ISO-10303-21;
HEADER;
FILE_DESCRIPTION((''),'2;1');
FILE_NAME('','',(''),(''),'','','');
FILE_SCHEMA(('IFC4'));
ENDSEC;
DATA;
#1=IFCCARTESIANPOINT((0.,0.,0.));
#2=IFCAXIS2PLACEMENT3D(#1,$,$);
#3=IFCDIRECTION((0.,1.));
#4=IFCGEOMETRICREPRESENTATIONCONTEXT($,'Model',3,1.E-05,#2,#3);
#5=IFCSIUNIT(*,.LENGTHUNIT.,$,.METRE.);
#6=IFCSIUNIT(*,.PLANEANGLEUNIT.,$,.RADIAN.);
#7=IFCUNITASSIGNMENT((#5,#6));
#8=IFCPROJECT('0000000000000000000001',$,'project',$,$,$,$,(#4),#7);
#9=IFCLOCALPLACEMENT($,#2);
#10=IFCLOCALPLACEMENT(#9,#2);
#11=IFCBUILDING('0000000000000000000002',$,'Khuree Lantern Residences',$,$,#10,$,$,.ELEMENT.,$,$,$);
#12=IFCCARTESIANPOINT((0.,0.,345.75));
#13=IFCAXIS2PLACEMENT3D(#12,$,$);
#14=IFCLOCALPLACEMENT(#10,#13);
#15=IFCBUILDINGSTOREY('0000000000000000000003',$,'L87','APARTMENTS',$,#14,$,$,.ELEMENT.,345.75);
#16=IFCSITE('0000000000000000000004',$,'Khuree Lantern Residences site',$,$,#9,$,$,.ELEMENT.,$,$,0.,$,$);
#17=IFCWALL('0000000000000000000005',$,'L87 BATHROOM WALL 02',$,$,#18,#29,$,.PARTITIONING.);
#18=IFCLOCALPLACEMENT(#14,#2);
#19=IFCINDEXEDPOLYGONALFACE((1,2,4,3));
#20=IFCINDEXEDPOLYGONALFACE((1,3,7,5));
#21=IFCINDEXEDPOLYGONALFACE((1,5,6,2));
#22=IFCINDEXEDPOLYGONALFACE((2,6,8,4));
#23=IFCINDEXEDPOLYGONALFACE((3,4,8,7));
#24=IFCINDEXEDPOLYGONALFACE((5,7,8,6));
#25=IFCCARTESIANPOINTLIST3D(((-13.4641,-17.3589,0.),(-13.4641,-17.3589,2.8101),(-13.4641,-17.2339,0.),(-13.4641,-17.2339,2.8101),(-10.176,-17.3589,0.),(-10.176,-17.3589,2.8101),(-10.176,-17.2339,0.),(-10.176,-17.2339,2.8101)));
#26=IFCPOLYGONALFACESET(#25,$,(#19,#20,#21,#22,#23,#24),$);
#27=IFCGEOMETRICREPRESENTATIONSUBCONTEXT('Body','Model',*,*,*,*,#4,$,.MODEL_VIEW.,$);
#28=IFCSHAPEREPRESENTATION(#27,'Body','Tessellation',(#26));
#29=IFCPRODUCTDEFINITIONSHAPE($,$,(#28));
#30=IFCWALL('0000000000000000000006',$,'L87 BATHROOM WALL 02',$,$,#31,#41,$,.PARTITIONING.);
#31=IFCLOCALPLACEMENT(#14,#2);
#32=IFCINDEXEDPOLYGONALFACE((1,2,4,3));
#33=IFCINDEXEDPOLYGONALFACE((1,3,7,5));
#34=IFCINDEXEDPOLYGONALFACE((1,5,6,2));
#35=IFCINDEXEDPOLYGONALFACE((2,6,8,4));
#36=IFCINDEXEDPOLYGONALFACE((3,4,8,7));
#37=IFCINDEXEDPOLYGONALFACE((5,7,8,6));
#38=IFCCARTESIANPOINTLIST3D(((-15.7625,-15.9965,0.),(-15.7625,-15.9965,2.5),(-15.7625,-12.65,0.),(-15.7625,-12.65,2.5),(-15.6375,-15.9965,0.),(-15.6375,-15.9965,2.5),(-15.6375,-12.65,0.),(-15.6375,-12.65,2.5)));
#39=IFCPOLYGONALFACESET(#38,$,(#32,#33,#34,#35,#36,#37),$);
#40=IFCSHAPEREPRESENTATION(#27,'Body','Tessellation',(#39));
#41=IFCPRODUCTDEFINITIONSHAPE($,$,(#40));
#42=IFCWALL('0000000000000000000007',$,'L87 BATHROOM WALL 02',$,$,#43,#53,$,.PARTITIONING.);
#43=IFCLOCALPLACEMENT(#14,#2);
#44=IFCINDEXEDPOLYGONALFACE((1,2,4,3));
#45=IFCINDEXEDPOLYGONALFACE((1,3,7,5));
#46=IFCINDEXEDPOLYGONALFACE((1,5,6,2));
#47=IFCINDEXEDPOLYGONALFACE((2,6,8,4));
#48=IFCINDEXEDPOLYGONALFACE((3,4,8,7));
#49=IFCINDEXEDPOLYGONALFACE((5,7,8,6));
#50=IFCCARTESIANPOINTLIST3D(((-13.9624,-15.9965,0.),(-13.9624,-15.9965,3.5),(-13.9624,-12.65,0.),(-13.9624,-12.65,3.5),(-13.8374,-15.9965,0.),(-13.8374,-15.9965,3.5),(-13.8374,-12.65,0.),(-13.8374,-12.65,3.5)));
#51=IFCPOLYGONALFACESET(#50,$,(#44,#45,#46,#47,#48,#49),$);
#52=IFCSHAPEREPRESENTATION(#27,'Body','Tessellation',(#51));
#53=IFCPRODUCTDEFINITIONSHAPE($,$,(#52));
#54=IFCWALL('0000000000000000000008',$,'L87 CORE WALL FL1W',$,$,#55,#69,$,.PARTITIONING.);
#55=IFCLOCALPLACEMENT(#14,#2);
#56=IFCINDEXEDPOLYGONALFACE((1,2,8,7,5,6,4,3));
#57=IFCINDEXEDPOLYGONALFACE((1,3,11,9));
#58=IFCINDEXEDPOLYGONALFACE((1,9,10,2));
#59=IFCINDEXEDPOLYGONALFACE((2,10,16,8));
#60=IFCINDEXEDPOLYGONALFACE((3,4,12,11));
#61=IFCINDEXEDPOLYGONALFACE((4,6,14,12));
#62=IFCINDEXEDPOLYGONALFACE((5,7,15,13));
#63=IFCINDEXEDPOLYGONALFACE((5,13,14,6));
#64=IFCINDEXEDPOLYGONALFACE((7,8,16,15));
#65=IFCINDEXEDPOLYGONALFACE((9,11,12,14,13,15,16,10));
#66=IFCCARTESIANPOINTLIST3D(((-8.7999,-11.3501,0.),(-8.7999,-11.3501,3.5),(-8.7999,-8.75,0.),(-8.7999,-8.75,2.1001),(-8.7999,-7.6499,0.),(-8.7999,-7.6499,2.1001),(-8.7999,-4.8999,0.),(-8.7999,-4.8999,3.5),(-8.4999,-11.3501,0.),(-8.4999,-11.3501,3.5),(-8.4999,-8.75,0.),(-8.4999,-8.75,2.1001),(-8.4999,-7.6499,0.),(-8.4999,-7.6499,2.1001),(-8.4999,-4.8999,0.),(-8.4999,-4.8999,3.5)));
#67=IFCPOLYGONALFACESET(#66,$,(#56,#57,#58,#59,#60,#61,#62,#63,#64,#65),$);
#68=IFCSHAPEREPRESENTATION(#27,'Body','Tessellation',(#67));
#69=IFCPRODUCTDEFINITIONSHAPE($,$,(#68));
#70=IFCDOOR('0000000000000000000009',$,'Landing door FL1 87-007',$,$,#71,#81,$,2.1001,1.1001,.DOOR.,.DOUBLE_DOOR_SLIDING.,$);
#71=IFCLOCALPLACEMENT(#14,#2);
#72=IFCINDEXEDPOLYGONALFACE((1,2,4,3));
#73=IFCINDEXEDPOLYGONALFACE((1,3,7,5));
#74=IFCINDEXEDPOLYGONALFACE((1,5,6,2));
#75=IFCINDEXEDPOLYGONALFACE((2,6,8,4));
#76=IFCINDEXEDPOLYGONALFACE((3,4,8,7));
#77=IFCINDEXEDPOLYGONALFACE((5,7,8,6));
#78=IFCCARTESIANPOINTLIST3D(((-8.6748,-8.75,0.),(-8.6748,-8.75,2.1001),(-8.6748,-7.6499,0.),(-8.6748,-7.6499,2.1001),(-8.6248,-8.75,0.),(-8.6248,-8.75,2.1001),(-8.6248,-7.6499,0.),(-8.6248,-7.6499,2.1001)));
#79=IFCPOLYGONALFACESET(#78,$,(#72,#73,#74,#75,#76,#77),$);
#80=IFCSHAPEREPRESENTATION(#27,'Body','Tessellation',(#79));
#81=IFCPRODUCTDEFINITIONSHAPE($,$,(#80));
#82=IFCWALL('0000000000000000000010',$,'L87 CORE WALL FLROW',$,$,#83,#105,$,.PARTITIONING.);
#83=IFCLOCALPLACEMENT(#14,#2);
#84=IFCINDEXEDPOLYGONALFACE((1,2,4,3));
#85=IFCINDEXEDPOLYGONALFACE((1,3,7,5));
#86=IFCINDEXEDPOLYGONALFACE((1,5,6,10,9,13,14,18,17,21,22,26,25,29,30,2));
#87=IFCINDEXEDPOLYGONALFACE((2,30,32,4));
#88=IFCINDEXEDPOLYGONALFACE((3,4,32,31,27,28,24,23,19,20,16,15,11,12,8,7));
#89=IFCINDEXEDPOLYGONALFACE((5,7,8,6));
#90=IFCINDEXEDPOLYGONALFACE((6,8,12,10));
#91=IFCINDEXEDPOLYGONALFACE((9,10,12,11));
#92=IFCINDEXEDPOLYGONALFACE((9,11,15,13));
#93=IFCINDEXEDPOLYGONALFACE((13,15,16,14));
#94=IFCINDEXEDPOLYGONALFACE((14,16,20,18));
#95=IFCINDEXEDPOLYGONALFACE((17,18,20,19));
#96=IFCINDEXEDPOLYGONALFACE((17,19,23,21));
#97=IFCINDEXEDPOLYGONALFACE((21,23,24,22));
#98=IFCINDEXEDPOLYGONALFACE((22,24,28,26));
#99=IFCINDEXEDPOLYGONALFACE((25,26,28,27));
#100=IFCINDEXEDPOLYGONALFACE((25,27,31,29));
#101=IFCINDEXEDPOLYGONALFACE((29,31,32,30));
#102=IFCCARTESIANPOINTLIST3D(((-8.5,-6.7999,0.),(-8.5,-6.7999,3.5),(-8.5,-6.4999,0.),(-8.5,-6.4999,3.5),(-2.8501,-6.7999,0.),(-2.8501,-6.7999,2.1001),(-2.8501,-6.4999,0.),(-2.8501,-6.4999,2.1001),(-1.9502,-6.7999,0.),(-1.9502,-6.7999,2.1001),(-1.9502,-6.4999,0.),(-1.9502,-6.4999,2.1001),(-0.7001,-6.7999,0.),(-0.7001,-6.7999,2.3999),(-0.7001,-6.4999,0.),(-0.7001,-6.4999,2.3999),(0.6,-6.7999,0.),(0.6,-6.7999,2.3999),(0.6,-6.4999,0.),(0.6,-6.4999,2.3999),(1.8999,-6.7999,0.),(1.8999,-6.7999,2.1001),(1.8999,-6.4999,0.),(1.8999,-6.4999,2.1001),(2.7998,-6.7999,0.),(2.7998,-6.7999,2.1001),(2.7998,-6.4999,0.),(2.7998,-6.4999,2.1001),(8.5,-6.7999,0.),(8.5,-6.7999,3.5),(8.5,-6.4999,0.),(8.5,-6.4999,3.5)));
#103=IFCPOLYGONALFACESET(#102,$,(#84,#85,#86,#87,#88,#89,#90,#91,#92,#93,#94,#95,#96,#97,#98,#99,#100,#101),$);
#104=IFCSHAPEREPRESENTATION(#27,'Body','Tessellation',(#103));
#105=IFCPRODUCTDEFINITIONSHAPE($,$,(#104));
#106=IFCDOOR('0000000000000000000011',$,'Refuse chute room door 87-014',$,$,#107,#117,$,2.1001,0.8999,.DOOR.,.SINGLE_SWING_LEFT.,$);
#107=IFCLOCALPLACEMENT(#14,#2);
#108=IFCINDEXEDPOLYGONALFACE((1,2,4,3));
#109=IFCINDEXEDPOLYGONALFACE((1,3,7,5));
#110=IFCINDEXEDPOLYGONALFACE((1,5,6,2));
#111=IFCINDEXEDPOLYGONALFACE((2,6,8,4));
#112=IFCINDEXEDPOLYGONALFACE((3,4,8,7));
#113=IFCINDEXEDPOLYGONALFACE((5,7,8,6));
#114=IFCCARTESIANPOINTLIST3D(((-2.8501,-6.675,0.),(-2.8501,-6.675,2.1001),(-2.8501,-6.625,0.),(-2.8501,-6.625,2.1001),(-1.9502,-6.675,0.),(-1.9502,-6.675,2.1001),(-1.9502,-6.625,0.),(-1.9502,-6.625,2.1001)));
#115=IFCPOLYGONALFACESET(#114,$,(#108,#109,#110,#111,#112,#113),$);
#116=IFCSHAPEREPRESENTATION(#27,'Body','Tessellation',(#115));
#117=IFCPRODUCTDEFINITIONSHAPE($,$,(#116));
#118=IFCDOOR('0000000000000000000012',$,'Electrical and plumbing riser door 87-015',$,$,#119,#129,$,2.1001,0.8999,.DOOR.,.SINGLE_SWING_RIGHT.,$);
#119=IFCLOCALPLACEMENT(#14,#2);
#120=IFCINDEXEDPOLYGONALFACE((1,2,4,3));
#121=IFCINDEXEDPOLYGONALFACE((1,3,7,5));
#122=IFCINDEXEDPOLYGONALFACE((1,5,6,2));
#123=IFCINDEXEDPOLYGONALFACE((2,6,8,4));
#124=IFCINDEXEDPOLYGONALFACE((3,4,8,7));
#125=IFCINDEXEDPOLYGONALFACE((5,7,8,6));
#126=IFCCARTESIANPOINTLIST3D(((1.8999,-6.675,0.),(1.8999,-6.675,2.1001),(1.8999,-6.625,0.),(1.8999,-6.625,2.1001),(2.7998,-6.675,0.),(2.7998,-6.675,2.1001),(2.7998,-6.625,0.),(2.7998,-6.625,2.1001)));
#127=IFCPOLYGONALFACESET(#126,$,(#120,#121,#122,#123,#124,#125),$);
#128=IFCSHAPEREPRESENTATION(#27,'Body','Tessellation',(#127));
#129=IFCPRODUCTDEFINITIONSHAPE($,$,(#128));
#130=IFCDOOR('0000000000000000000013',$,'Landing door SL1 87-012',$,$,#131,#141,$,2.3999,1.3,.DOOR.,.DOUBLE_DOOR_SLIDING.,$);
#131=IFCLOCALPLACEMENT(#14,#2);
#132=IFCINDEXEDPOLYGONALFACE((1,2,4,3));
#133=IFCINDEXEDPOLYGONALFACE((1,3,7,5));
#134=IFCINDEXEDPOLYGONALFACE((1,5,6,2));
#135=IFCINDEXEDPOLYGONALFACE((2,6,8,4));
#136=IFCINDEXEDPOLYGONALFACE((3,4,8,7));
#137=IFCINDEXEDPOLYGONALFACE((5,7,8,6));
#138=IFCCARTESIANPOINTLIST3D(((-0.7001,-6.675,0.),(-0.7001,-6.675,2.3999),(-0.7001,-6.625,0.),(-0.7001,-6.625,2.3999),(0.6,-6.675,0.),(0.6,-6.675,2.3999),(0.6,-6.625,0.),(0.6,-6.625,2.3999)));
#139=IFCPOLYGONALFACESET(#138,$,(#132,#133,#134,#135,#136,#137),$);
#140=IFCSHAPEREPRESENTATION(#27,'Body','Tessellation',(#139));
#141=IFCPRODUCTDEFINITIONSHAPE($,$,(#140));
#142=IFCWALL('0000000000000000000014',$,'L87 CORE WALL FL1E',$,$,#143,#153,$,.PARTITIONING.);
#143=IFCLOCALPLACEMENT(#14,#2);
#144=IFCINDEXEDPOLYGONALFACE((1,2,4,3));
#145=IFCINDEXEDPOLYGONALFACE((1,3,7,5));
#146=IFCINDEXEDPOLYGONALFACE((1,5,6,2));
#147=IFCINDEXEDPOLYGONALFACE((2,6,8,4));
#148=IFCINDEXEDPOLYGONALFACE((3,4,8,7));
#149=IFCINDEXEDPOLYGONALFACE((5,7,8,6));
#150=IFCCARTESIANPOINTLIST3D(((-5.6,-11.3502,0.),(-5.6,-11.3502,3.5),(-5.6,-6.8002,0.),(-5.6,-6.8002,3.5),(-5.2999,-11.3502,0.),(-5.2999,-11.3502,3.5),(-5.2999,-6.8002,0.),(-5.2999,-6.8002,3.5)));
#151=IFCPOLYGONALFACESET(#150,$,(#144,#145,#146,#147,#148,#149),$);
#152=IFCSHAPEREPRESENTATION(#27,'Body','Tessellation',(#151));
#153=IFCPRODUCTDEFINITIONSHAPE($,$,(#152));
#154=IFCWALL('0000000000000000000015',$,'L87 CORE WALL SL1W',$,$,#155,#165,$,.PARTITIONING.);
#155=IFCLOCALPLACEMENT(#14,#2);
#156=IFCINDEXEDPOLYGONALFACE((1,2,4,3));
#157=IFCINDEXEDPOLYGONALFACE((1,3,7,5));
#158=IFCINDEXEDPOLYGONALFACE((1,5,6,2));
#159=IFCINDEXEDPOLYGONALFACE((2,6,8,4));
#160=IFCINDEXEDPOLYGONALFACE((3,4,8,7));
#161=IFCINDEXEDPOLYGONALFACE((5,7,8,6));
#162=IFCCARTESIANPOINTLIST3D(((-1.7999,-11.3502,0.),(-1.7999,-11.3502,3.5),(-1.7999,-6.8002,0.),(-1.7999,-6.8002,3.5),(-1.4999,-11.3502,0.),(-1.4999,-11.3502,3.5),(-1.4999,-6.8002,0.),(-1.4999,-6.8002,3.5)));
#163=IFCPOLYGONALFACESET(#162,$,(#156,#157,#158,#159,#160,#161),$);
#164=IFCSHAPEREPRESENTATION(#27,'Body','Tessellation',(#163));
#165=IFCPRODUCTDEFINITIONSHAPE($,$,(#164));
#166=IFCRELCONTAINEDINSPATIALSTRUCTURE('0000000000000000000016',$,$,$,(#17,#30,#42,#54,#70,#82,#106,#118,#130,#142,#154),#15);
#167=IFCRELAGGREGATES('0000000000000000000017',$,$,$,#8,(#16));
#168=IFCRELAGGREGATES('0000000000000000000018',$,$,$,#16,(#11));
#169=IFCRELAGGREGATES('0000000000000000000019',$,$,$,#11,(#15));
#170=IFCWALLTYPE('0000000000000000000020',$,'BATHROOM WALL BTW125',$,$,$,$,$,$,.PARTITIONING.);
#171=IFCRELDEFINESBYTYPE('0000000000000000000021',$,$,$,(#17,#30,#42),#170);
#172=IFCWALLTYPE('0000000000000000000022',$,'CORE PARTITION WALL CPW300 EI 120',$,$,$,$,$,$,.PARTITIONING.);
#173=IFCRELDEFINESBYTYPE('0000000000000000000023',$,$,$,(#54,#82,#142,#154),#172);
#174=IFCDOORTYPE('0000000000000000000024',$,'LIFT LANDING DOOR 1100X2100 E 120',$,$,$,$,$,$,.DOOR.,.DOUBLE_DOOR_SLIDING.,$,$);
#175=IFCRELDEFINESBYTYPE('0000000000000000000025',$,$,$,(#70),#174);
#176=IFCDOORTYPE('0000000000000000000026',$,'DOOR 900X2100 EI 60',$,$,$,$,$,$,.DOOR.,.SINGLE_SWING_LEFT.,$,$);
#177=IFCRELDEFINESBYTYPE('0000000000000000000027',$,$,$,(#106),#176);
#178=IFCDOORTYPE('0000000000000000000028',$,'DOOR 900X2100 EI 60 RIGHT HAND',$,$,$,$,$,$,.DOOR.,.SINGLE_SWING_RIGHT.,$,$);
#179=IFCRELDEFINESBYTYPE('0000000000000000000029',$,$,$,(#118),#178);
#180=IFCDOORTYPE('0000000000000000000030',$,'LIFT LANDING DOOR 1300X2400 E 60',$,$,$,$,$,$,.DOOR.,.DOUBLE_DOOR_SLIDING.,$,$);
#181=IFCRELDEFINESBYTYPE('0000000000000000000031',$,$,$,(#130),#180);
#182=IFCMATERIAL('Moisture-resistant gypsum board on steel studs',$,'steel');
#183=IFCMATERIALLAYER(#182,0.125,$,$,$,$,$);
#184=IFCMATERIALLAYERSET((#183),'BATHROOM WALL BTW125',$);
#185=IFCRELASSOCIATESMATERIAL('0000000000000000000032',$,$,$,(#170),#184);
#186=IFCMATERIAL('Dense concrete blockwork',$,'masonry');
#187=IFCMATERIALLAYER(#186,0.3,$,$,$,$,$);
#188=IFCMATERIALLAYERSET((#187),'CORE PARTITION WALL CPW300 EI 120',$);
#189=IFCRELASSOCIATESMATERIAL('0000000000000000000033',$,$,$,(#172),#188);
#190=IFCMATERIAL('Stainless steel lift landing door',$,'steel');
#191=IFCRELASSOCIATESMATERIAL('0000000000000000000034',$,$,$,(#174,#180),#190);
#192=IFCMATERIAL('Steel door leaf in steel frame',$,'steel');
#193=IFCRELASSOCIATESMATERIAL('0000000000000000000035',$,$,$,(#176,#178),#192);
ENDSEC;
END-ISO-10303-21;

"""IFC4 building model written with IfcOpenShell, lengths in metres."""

from ifc_helpers import new_model, si_unit, direction, frame, frame_2d, origin, place, context, subcontext, project, spatial, rectangle, extrude, material, layer, layer_set, type_object, element, fill, save


model = new_model("IFC4")

# Units and contexts
model_context = context("Model", 3, precision=1e-05, world=origin(), true_north=direction((0.0, 1.0)))
body_context = subcontext(model_context, "Body", "Model", "MODEL_VIEW")
ifc_project = project(units=[si_unit("LENGTHUNIT", "METRE"), si_unit("PLANEANGLEUNIT", "RADIAN")], contexts=[model_context])

# Site, building, storey
site_placement = place(None, origin())
site = spatial("IfcSite", under=ifc_project, at=site_placement, Name="Khuree Lantern Residences site", CompositionType="ELEMENT", RefElevation=0.0)
building_placement = place(site_placement, origin())
building = spatial("IfcBuilding", under=site, at=building_placement, Name="Khuree Lantern Residences", CompositionType="ELEMENT")
storey_placement = place(building_placement, frame((0.0, 0.0, 345.75)))
storey = spatial("IfcBuildingStorey", under=building, at=storey_placement, Name="L87", Description="APARTMENTS", CompositionType="ELEMENT", Elevation=345.75)

# Walls
ifc_material_1 = material(Name="Moisture-resistant gypsum board on steel studs", Category="steel")
ifc_layer_1 = layer(ifc_material_1, 0.125)
ifc_layer_set_1 = layer_set([ifc_layer_1], Name="BATHROOM WALL BTW125")
wall_type_1 = type_object("IfcWallType", Name="BATHROOM WALL BTW125", PredefinedType="PARTITIONING", material=ifc_layer_set_1)
wall_1_placement = place(storey_placement, frame((-13.4641, -17.2964, 0.0), z_axis=(0.0, 0.0, 1.0), x_axis=(1.0, 0.0, 0.0)))
element("IfcWall", 1, at=wall_1_placement, inside=storey, type_object=wall_type_1, Name="L87 BATHROOM WALL 02", PredefinedType="PARTITIONING", context=body_context, shape_type="SweptSolid", body=[
    extrude(rectangle(XDim=3.2881, YDim=0.125, at=frame_2d((1.644, 0.0))), origin(), (0.0, 0.0, 1.0), 2.8101),
])
wall_2_placement = place(storey_placement, frame((-15.7, -12.6499, 0.0), z_axis=(0.0, 0.0, 1.0), x_axis=(0.0, -1.0, 0.0)))
element("IfcWall", 2, at=wall_2_placement, inside=storey, type_object=wall_type_1, Name="L87 BATHROOM WALL 02", PredefinedType="PARTITIONING", context=body_context, shape_type="SweptSolid", body=[
    extrude(rectangle(XDim=3.3464, YDim=0.125, at=frame_2d((1.6733, 0.0))), origin(), (0.0, 0.0, 1.0), 2.5),
])
wall_3_placement = place(storey_placement, frame((-13.8999, -12.6499, 0.0), z_axis=(0.0, 0.0, 1.0), x_axis=(0.0, -1.0, 0.0)))
element("IfcWall", 3, at=wall_3_placement, inside=storey, type_object=wall_type_1, Name="L87 BATHROOM WALL 02", PredefinedType="PARTITIONING", context=body_context, shape_type="SweptSolid", body=[
    extrude(rectangle(XDim=3.3464, YDim=0.125, at=frame_2d((1.6733, 0.0))), origin(), (0.0, 0.0, 1.0), 3.5),
])

# Wall, opening, door
ifc_material_2 = material(Name="Dense concrete blockwork", Category="masonry")
ifc_layer_2 = layer(ifc_material_2, 0.3)
ifc_layer_set_2 = layer_set([ifc_layer_2], Name="CORE PARTITION WALL CPW300 EI 120")
wall_type_2 = type_object("IfcWallType", Name="CORE PARTITION WALL CPW300 EI 120", PredefinedType="PARTITIONING", material=ifc_layer_set_2)
wall_4_placement = place(storey_placement, frame((-8.6499, -11.3501, 0.0), z_axis=(0.0, 0.0, 1.0), x_axis=(0.0, 1.0, 0.0)))
wall_4 = element("IfcWall", 4, at=wall_4_placement, inside=storey, type_object=wall_type_2, Name="L87 CORE WALL FL1W", PredefinedType="PARTITIONING", context=body_context, shape_type="SweptSolid", body=[
    extrude(rectangle(XDim=6.4502, YDim=0.3, at=frame_2d((3.2251, 0.0))), origin(), (0.0, 0.0, 1.0), 3.5),
])
opening_1_placement = place(wall_4_placement, frame((2.6001, 0.0, 0.0)))
opening_1 = element("IfcOpeningElement", 5, at=opening_1_placement, cuts=wall_4, PredefinedType="OPENING", context=body_context, shape_type="SweptSolid", body=[
    extrude(rectangle(XDim=1.1001, YDim=2.1001, at=frame_2d((0.55, 1.05))), frame((0.0, 0.1602, 0.0), z_axis=(0.0, -1.0, 0.0), x_axis=(1.0, 0.0, 0.0)), (0.0, 0.0, 1.0), 0.3201),
])
ifc_material_3 = material(Name="Stainless steel lift landing door", Category="steel")
door_type_1 = type_object("IfcDoorType", Name="LIFT LANDING DOOR 1100X2100 E 120", OperationType="DOUBLE_DOOR_SLIDING", PredefinedType="DOOR", material=ifc_material_3)
door_1_placement = place(opening_1_placement, origin())
door_1 = element("IfcDoor", 6, at=door_1_placement, inside=storey, type_object=door_type_1, Name="Landing door FL1 87-007", OperationType="DOUBLE_DOOR_SLIDING", OverallHeight=2.1001, OverallWidth=1.1001, PredefinedType="DOOR", context=body_context, shape_type="SweptSolid", body=[
    extrude(rectangle(XDim=1.1001, YDim=2.1001, at=frame_2d((0.55, 1.05))), frame((0.0, 0.0249, 0.0), z_axis=(0.0, -1.0, 0.0), x_axis=(1.0, 0.0, 0.0)), (0.0, 0.0, 1.0), 0.05),
])
fill(opening_1, door_1)

# Wall, openings, doors
wall_5_placement = place(storey_placement, frame((-8.5, -6.6499, 0.0), z_axis=(0.0, 0.0, 1.0), x_axis=(1.0, 0.0, 0.0)))
wall_5 = element("IfcWall", 7, at=wall_5_placement, inside=storey, type_object=wall_type_2, Name="L87 CORE WALL FLROW", PredefinedType="PARTITIONING", context=body_context, shape_type="SweptSolid", body=[
    extrude(rectangle(XDim=17.0, YDim=0.3, at=frame_2d((8.5, 0.0))), origin(), (0.0, 0.0, 1.0), 3.5),
])
opening_2_placement = place(wall_5_placement, frame((7.8, 0.0, 0.0)))
opening_2 = element("IfcOpeningElement", 8, at=opening_2_placement, cuts=wall_5, PredefinedType="OPENING", context=body_context, shape_type="SweptSolid", body=[
    extrude(rectangle(XDim=1.3, YDim=2.3999, at=frame_2d((0.6499, 1.2))), frame((0.0, 0.1602, 0.0), z_axis=(0.0, -1.0, 0.0), x_axis=(1.0, 0.0, 0.0)), (0.0, 0.0, 1.0), 0.3201),
])
opening_3_placement = place(wall_5_placement, frame((5.6499, 0.0, 0.0)))
opening_3 = element("IfcOpeningElement", 9, at=opening_3_placement, cuts=wall_5, PredefinedType="OPENING", context=body_context, shape_type="SweptSolid", body=[
    extrude(rectangle(XDim=0.8999, YDim=2.1001, at=frame_2d((0.45, 1.05))), frame((0.0, 0.1602, 0.0), z_axis=(0.0, -1.0, 0.0), x_axis=(1.0, 0.0, 0.0)), (0.0, 0.0, 1.0), 0.3201),
])
opening_4_placement = place(wall_5_placement, frame((10.3999, 0.0, 0.0)))
opening_4 = element("IfcOpeningElement", 10, at=opening_4_placement, cuts=wall_5, PredefinedType="OPENING", context=body_context, shape_type="SweptSolid", body=[
    extrude(rectangle(XDim=0.8999, YDim=2.1001, at=frame_2d((0.45, 1.05))), frame((0.0, 0.1602, 0.0), z_axis=(0.0, -1.0, 0.0), x_axis=(1.0, 0.0, 0.0)), (0.0, 0.0, 1.0), 0.3201),
])
ifc_material_4 = material(Name="Steel door leaf in steel frame", Category="steel")
door_type_2 = type_object("IfcDoorType", Name="DOOR 900X2100 EI 60", OperationType="SINGLE_SWING_LEFT", PredefinedType="DOOR", material=ifc_material_4)
door_2_placement = place(opening_3_placement, origin())
door_2 = element("IfcDoor", 11, at=door_2_placement, inside=storey, type_object=door_type_2, Name="Refuse chute room door 87-014", OperationType="SINGLE_SWING_LEFT", OverallHeight=2.1001, OverallWidth=0.8999, PredefinedType="DOOR", context=body_context, shape_type="SweptSolid", body=[
    extrude(rectangle(XDim=0.8999, YDim=2.1001, at=frame_2d((0.45, 1.05))), frame((0.0, 0.0249, 0.0), z_axis=(0.0, -1.0, 0.0), x_axis=(1.0, 0.0, 0.0)), (0.0, 0.0, 1.0), 0.05),
])
fill(opening_3, door_2)
door_type_3 = type_object("IfcDoorType", Name="DOOR 900X2100 EI 60 RIGHT HAND", OperationType="SINGLE_SWING_RIGHT", PredefinedType="DOOR", material=ifc_material_4)
door_3_placement = place(opening_4_placement, origin())
door_3 = element("IfcDoor", 12, at=door_3_placement, inside=storey, type_object=door_type_3, Name="Electrical and plumbing riser door 87-015", OperationType="SINGLE_SWING_RIGHT", OverallHeight=2.1001, OverallWidth=0.8999, PredefinedType="DOOR", context=body_context, shape_type="SweptSolid", body=[
    extrude(rectangle(XDim=0.8999, YDim=2.1001, at=frame_2d((0.45, 1.05))), frame((0.0, 0.0249, 0.0), z_axis=(0.0, -1.0, 0.0), x_axis=(1.0, 0.0, 0.0)), (0.0, 0.0, 1.0), 0.05),
])
fill(opening_4, door_3)
door_type_4 = type_object("IfcDoorType", Name="LIFT LANDING DOOR 1300X2400 E 60", OperationType="DOUBLE_DOOR_SLIDING", PredefinedType="DOOR", material=ifc_material_3)
door_4_placement = place(opening_2_placement, origin())
door_4 = element("IfcDoor", 13, at=door_4_placement, inside=storey, type_object=door_type_4, Name="Landing door SL1 87-012", OperationType="DOUBLE_DOOR_SLIDING", OverallHeight=2.3999, OverallWidth=1.3, PredefinedType="DOOR", context=body_context, shape_type="SweptSolid", body=[
    extrude(rectangle(XDim=1.3, YDim=2.3999, at=frame_2d((0.6499, 1.2))), frame((0.0, 0.0249, 0.0), z_axis=(0.0, -1.0, 0.0), x_axis=(1.0, 0.0, 0.0)), (0.0, 0.0, 1.0), 0.05),
])
fill(opening_2, door_4)

# Walls
for number, where, z_axis, x_axis, name in (
    (14, (-5.45, -11.3501, 0.0), (0.0, 0.0, 1.0), (0.0, 1.0, 0.0), "L87 CORE WALL FL1E"),
    (15, (-1.6499, -11.3501, 0.0), (0.0, 0.0, 1.0), (0.0, 1.0, 0.0), "L87 CORE WALL SL1W"),
):
    element("IfcWall", number, at=place(storey_placement, frame(where, z_axis=z_axis, x_axis=x_axis)), inside=storey, type_object=wall_type_2, Name=name, PredefinedType="PARTITIONING", context=body_context, shape_type="SweptSolid", body=[
        extrude(rectangle(XDim=4.55, YDim=0.3, at=frame_2d((2.2749, 0.0))), origin(), (0.0, 0.0, 1.0), 3.5),
    ])

save(model, "model.ifc")
